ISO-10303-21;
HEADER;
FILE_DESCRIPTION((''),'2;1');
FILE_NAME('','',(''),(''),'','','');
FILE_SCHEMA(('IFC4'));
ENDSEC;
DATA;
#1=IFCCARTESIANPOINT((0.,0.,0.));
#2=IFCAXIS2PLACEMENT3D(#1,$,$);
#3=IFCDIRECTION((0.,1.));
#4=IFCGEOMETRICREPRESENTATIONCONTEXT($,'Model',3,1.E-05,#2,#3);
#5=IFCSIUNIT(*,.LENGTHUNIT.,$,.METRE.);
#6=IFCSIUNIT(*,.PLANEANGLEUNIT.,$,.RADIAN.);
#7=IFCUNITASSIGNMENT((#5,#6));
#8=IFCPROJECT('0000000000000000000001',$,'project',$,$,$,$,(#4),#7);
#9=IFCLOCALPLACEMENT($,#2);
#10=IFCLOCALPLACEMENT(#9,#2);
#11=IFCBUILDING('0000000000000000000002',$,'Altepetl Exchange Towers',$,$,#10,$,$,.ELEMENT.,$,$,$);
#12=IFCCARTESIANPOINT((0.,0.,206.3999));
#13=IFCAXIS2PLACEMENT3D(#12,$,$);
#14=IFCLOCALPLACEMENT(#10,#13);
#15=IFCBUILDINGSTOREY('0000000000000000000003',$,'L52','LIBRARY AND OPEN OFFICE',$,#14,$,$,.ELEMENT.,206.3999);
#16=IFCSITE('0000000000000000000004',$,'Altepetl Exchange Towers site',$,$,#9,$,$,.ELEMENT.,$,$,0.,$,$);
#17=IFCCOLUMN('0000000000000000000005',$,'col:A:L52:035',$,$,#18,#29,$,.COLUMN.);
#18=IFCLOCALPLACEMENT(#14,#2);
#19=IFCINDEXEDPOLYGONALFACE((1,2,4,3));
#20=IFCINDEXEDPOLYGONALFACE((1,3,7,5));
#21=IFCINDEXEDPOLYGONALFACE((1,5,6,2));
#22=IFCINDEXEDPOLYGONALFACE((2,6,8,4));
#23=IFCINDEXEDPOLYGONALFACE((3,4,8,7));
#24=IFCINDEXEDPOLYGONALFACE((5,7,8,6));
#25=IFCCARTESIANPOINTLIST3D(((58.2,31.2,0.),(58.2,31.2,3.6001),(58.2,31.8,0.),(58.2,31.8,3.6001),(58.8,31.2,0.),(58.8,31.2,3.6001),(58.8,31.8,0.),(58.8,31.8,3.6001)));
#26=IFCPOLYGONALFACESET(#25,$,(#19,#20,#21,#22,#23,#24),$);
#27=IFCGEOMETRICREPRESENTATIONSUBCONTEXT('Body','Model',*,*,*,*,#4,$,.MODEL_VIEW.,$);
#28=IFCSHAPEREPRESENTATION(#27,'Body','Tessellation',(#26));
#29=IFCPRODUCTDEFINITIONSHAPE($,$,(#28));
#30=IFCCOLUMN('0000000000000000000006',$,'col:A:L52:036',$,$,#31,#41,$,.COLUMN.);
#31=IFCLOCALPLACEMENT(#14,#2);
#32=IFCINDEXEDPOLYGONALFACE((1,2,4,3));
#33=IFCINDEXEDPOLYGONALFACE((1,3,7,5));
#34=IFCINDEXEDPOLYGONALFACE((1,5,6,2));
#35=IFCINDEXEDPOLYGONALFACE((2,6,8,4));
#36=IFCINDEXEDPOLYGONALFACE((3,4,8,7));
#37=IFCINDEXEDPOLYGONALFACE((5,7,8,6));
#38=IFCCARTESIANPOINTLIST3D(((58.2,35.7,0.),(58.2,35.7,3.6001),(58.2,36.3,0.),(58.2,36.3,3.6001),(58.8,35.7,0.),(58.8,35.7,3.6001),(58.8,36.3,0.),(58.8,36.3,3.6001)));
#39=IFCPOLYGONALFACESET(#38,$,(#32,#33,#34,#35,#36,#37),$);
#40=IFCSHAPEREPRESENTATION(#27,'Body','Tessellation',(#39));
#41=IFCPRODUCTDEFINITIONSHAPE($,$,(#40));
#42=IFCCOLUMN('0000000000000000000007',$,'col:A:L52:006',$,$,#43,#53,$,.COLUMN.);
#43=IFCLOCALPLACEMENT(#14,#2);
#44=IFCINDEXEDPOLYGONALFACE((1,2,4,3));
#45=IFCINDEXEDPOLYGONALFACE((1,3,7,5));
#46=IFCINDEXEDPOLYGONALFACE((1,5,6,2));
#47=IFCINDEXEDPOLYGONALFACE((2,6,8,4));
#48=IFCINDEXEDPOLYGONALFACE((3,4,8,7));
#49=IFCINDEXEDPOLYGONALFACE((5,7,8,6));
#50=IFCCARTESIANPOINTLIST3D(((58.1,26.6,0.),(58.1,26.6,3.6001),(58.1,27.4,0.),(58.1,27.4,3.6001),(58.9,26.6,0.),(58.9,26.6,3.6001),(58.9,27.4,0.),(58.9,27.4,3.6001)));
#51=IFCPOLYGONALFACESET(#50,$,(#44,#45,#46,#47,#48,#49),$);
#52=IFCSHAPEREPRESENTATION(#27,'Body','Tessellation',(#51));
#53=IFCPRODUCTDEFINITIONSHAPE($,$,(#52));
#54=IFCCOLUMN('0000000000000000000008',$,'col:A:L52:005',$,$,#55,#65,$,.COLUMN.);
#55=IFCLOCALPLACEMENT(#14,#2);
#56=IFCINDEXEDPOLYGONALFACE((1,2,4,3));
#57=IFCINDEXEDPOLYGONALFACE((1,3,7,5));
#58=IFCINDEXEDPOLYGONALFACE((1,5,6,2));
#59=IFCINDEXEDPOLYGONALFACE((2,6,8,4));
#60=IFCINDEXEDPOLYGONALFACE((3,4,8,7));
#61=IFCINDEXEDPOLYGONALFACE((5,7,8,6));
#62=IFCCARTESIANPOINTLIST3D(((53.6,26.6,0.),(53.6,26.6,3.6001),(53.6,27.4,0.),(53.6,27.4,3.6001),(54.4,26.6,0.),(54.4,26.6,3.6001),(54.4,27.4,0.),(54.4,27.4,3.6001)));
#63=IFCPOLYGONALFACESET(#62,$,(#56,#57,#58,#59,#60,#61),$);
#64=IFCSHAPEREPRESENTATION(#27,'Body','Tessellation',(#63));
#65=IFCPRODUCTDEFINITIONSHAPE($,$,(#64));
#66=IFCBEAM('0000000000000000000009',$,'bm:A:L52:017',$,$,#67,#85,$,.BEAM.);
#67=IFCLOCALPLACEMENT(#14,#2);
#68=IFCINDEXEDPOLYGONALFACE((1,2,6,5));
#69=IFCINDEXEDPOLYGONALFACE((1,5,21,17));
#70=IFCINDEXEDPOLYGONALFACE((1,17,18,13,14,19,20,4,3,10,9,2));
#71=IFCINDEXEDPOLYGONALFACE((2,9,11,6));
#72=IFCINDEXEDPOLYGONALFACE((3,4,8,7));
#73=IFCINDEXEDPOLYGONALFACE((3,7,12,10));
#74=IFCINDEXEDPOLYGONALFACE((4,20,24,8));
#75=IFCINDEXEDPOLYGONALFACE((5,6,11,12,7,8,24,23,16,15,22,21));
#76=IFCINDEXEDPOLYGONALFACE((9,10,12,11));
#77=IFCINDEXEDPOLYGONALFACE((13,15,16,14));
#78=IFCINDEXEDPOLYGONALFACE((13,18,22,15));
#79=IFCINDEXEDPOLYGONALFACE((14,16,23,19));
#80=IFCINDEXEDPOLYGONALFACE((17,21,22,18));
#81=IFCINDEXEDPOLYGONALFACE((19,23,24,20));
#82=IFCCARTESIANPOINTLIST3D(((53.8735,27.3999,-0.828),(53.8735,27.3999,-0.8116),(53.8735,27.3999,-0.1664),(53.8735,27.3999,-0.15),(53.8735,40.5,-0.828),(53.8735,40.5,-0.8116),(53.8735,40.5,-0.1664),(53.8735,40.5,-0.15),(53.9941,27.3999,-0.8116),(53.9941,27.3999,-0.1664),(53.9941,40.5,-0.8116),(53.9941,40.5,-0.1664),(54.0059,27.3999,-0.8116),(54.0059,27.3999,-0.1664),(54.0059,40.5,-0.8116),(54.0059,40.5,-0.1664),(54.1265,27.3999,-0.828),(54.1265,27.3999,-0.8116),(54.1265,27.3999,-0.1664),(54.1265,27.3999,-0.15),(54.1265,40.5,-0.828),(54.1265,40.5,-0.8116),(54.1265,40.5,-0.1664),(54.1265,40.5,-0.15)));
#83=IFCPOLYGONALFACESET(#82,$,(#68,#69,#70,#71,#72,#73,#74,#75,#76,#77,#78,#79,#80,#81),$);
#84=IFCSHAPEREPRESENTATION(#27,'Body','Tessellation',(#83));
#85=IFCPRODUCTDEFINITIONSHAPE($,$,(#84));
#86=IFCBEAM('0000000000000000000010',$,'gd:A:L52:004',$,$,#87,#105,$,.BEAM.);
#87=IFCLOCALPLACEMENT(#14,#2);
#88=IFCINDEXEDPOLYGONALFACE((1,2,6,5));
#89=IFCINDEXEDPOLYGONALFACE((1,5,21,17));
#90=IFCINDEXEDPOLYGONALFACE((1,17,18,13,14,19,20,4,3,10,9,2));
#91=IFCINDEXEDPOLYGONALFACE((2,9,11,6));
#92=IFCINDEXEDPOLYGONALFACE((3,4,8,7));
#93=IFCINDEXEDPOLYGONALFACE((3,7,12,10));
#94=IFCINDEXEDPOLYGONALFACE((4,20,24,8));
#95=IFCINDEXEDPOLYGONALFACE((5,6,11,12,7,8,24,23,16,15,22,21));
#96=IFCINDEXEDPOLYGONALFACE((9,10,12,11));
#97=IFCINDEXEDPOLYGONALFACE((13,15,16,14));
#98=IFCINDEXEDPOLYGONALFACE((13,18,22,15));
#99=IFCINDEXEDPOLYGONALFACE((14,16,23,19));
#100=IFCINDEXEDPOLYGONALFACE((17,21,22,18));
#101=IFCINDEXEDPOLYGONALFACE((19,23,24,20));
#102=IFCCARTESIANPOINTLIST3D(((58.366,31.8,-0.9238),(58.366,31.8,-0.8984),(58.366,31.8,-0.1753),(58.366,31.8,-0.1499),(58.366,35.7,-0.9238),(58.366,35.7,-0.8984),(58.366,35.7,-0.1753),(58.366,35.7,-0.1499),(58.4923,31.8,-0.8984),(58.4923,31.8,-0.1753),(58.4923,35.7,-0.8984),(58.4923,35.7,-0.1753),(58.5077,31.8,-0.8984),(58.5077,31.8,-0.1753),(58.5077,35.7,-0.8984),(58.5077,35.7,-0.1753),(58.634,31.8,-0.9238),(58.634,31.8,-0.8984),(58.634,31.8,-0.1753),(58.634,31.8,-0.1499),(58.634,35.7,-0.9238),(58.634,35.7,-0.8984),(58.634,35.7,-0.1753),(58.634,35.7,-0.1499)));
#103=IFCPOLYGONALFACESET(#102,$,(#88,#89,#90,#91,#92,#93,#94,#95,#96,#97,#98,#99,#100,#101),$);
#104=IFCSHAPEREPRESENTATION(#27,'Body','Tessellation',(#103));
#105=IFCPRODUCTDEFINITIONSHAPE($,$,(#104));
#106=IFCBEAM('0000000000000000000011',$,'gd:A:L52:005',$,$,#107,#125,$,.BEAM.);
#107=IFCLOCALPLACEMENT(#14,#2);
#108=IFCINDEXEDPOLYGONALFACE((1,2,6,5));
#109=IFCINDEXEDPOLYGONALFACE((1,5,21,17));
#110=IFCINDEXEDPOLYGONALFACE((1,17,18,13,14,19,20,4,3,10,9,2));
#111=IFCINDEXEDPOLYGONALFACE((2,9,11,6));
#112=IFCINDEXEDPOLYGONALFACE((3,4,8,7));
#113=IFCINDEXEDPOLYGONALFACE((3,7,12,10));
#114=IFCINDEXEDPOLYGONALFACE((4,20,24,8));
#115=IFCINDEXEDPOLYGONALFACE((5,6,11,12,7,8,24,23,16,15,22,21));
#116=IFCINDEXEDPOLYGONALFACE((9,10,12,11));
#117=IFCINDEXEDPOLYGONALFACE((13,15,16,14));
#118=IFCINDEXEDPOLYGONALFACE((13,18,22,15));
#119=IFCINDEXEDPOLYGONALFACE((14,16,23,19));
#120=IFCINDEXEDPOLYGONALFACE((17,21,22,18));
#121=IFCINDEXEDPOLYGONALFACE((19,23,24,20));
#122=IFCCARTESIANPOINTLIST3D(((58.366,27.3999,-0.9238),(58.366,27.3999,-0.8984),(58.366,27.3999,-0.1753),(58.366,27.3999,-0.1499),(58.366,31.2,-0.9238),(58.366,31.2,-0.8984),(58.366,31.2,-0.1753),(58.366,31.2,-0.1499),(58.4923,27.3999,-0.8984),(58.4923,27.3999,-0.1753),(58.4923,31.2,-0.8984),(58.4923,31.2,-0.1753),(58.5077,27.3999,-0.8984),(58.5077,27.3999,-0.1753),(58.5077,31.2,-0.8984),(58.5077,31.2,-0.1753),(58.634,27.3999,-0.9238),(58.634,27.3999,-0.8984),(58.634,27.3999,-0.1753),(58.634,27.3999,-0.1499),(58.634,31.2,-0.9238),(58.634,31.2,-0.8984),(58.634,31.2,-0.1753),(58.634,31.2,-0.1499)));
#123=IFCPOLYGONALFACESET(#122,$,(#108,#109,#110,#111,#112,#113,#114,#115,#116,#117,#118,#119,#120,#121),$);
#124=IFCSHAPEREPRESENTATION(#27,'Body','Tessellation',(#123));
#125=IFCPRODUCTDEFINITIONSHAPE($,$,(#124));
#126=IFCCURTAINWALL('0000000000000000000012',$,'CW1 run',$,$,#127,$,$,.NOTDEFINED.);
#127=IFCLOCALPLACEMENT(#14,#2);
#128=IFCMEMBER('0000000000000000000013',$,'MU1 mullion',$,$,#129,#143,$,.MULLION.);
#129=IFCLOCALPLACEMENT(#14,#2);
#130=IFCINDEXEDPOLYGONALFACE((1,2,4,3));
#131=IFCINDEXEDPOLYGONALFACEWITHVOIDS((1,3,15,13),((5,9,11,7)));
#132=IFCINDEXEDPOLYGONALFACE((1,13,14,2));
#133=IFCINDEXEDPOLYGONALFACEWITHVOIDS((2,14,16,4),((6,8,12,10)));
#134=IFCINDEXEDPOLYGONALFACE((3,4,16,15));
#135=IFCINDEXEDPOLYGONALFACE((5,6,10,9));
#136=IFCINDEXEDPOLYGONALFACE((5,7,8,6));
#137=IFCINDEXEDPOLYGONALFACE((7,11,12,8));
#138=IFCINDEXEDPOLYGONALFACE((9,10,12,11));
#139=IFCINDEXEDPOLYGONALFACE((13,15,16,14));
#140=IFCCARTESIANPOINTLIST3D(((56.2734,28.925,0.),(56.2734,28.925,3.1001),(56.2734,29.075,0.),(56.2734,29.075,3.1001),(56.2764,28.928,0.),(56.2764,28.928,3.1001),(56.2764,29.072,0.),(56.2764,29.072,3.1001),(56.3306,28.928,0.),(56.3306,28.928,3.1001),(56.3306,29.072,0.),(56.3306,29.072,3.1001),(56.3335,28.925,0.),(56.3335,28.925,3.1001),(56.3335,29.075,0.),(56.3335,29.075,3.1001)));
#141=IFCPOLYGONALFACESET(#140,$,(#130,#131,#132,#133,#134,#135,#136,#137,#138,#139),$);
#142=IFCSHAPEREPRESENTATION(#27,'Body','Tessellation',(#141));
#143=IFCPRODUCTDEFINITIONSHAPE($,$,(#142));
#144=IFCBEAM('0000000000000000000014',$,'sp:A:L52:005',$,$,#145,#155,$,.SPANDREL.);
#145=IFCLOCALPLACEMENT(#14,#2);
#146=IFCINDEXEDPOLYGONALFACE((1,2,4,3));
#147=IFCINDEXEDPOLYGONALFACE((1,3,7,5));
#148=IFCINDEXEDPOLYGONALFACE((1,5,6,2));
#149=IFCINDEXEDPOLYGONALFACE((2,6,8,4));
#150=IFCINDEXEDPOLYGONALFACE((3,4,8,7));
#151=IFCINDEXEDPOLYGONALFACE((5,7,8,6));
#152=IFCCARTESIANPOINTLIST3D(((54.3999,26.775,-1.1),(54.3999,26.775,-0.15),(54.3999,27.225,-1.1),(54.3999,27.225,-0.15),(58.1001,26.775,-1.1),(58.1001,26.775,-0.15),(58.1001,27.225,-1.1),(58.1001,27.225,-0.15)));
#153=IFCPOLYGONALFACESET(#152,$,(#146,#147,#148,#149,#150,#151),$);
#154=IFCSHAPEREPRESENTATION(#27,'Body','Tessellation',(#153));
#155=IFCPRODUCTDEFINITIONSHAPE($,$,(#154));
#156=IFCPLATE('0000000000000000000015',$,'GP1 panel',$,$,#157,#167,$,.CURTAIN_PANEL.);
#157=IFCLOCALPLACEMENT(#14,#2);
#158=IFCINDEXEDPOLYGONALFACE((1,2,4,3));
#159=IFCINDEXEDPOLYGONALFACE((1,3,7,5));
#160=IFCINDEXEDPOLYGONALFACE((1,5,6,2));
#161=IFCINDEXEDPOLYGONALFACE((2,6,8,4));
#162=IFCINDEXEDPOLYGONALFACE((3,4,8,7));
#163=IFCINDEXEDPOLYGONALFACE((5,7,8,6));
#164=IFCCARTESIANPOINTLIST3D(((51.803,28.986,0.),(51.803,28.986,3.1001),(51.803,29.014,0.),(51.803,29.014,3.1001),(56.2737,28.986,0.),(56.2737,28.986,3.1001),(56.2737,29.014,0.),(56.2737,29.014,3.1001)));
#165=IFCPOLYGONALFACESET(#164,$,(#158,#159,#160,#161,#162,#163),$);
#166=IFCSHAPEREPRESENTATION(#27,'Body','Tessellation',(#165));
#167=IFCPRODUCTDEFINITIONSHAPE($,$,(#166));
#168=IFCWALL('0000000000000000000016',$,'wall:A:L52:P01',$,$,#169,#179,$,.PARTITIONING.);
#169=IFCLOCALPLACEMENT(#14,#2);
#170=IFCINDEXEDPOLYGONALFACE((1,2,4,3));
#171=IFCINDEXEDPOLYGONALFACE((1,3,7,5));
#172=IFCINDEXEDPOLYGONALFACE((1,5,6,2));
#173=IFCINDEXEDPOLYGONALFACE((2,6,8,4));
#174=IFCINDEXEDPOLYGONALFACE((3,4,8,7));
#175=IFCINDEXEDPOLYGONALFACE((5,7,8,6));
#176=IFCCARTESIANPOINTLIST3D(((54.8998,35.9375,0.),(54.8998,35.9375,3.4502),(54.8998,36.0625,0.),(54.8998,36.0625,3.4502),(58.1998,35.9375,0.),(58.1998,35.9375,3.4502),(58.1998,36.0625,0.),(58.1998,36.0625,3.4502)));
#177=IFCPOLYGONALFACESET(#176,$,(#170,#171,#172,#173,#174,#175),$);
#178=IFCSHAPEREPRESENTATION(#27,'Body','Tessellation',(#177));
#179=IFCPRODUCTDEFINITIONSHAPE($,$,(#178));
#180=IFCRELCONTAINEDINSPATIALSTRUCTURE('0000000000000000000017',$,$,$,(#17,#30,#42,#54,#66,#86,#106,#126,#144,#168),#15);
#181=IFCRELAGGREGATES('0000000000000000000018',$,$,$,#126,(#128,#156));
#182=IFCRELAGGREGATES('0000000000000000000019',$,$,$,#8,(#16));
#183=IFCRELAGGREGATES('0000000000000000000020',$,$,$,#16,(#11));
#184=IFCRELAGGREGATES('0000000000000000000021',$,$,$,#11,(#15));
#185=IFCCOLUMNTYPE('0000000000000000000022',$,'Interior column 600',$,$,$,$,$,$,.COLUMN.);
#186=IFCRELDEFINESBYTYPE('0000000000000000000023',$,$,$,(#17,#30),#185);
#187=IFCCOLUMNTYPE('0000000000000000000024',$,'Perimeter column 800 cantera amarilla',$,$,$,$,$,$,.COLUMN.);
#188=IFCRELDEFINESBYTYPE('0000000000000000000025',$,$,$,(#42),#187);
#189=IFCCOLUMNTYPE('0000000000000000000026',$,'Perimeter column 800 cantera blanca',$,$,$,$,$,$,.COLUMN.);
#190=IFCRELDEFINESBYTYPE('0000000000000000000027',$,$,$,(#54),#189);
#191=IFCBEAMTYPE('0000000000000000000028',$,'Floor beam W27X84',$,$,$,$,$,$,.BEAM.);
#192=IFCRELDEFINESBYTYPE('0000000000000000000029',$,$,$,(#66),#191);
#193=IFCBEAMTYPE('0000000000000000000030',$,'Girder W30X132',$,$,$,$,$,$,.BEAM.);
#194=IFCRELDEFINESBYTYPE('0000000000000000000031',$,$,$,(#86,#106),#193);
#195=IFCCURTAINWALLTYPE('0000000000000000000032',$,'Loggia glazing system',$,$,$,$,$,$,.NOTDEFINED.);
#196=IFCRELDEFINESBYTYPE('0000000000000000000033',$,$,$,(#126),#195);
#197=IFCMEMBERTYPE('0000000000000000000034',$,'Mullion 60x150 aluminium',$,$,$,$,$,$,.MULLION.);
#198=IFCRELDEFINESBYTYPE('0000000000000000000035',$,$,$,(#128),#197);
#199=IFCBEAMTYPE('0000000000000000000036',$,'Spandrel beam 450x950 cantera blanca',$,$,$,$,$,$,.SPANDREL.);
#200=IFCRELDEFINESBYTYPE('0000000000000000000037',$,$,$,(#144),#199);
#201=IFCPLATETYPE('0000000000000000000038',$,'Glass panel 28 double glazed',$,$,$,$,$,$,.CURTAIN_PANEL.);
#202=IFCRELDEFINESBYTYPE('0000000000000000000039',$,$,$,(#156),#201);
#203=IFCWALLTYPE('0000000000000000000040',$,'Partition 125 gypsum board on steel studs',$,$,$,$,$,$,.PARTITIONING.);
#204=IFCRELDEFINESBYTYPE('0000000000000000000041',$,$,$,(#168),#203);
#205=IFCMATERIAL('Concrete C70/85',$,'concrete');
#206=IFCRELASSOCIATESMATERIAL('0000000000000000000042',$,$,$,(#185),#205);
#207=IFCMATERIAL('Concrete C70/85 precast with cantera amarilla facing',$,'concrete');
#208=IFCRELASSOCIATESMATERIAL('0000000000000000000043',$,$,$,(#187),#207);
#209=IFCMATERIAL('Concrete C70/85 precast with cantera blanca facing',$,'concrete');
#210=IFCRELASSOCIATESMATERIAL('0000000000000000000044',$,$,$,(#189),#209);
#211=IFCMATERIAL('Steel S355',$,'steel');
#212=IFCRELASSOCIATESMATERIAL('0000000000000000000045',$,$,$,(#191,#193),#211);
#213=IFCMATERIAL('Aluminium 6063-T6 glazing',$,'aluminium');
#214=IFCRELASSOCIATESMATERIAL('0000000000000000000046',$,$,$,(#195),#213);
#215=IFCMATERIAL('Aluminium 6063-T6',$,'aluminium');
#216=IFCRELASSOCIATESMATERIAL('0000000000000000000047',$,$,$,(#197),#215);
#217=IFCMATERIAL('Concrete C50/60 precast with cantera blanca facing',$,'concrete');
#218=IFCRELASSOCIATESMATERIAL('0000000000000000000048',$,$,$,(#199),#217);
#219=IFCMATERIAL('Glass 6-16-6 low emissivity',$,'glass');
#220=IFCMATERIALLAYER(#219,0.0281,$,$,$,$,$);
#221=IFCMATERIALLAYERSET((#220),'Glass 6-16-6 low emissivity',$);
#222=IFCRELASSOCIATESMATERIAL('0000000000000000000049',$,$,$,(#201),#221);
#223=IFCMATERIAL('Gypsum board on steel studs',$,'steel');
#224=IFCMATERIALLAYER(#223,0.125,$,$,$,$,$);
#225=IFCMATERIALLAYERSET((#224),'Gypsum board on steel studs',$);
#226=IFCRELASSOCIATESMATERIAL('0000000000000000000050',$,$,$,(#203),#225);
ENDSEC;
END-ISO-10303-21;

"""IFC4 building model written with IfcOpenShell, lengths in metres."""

from ifc_helpers import new_model, si_unit, direction, frame, frame_2d, origin, origin_2d, place, context, subcontext, project, spatial, rectangle, hollow_rectangle, i_section, extrude, material, layer, layer_set, material_profile, profile_set, type_object, element, aggregate, save


model = new_model("IFC4")

# Units and contexts
model_context = context("Model", 3, precision=1e-05, world=origin(), true_north=direction((0.0, 1.0)))
body_context = subcontext(model_context, "Body", "Model", "MODEL_VIEW")
ifc_project = project(units=[si_unit("LENGTHUNIT", "METRE"), si_unit("PLANEANGLEUNIT", "RADIAN")], contexts=[model_context])

# Site, building, storey
site_placement = place(None, origin())
site = spatial("IfcSite", under=ifc_project, at=site_placement, Name="Altepetl Exchange Towers site", CompositionType="ELEMENT", RefElevation=0.0)
building_placement = place(site_placement, origin())
building = spatial("IfcBuilding", under=site, at=building_placement, Name="Altepetl Exchange Towers", CompositionType="ELEMENT")
storey_placement = place(building_placement, frame((0.0, 0.0, 206.3999)))
storey = spatial("IfcBuildingStorey", under=building, at=storey_placement, Name="L52", Description="LIBRARY AND OPEN OFFICE", CompositionType="ELEMENT", Elevation=206.3999)

# Columns
ifc_material_1 = material(Name="Concrete C70/85", Category="concrete")
ifc_material_profile_1 = material_profile(ifc_material_1, rectangle(XDim=0.6001, YDim=0.6001, at=origin_2d()), Name="600 x 600")
ifc_profile_set_1 = profile_set([ifc_material_profile_1], Name="Concrete C70/85")
column_type_1 = type_object("IfcColumnType", Name="Interior column 600", PredefinedType="COLUMN", material=ifc_profile_set_1)
for number, where, name in (
    (1, (58.5, 31.5, 0.0), "col:A:L52:035"),
    (2, (58.5, 36.0, 0.0), "col:A:L52:036"),
):
    element("IfcColumn", number, at=place(storey_placement, frame(where)), inside=storey, type_object=column_type_1, Name=name, PredefinedType="COLUMN", context=body_context, shape_type="SweptSolid", body=[
        extrude(rectangle(XDim=0.6001, YDim=0.6001, at=origin_2d()), origin(), (0.0, 0.0, 1.0), 3.6001),
    ])
ifc_material_2 = material(Name="Concrete C70/85 precast with cantera amarilla facing", Category="concrete")
ifc_material_profile_2 = material_profile(ifc_material_2, rectangle(XDim=0.8, YDim=0.8, at=origin_2d()), Name="800 x 800")
ifc_profile_set_2 = profile_set([ifc_material_profile_2], Name="Concrete C70/85 precast with cantera amarilla facing")
column_type_2 = type_object("IfcColumnType", Name="Perimeter column 800 cantera amarilla", PredefinedType="COLUMN", material=ifc_profile_set_2)
column_1_placement = place(storey_placement, frame((58.5, 27.0, 0.0)))
element("IfcColumn", 3, at=column_1_placement, inside=storey, type_object=column_type_2, Name="col:A:L52:006", PredefinedType="COLUMN", context=body_context, shape_type="SweptSolid", body=[
    extrude(rectangle(XDim=0.8, YDim=0.8, at=origin_2d()), origin(), (0.0, 0.0, 1.0), 3.6001),
])
ifc_material_3 = material(Name="Concrete C70/85 precast with cantera blanca facing", Category="concrete")
ifc_material_profile_3 = material_profile(ifc_material_3, rectangle(XDim=0.8, YDim=0.8, at=origin_2d()), Name="800 x 800")
ifc_profile_set_3 = profile_set([ifc_material_profile_3], Name="Concrete C70/85 precast with cantera blanca facing")
column_type_3 = type_object("IfcColumnType", Name="Perimeter column 800 cantera blanca", PredefinedType="COLUMN", material=ifc_profile_set_3)
column_2_placement = place(storey_placement, frame((54.0, 27.0, 0.0)))
element("IfcColumn", 4, at=column_2_placement, inside=storey, type_object=column_type_3, Name="col:A:L52:005", PredefinedType="COLUMN", context=body_context, shape_type="SweptSolid", body=[
    extrude(rectangle(XDim=0.8, YDim=0.8, at=origin_2d()), origin(), (0.0, 0.0, 1.0), 3.6001),
])

# Beams
ifc_material_4 = material(Name="Steel S355", Category="steel")
ifc_material_profile_4 = material_profile(ifc_material_4, i_section(OverallWidth=0.2529, OverallDepth=0.678, WebThickness=0.0117, FlangeThickness=0.0164, at=origin_2d()), Name="W27X84")
ifc_profile_set_4 = profile_set([ifc_material_profile_4], Name="Steel S355")
beam_type_1 = type_object("IfcBeamType", Name="Floor beam W27X84", PredefinedType="BEAM", material=ifc_profile_set_4)
beam_1_placement = place(storey_placement, frame((54.0, 27.3999, -0.489), z_axis=(0.0, 1.0, 0.0), x_axis=(-1.0, 0.0, 0.0)))
element("IfcBeam", 5, at=beam_1_placement, inside=storey, type_object=beam_type_1, Name="bm:A:L52:017", PredefinedType="BEAM", context=body_context, shape_type="SweptSolid", body=[
    extrude(i_section(OverallWidth=0.2529, OverallDepth=0.678, WebThickness=0.0117, FlangeThickness=0.0164, at=origin_2d()), origin(), (0.0, 0.0, 1.0), 13.1001),
])
ifc_material_profile_5 = material_profile(ifc_material_4, i_section(OverallWidth=0.2681, OverallDepth=0.7739, WebThickness=0.0154, FlangeThickness=0.0254, at=origin_2d()), Name="W30X132")
ifc_profile_set_5 = profile_set([ifc_material_profile_5], Name="Steel S355")
beam_type_2 = type_object("IfcBeamType", Name="Girder W30X132", PredefinedType="BEAM", material=ifc_profile_set_5)
beam_2_placement = place(storey_placement, frame((58.5, 35.7, -0.5369), z_axis=(0.0, -1.0, 0.0), x_axis=(1.0, 0.0, 0.0)))
element("IfcBeam", 6, at=beam_2_placement, inside=storey, type_object=beam_type_2, Name="gd:A:L52:004", PredefinedType="BEAM", context=body_context, shape_type="SweptSolid", body=[
    extrude(i_section(OverallWidth=0.2681, OverallDepth=0.7739, WebThickness=0.0154, FlangeThickness=0.0254, at=origin_2d()), origin(), (0.0, 0.0, 1.0), 3.8999),
])
beam_3_placement = place(storey_placement, frame((58.5, 31.2, -0.5369), z_axis=(0.0, -1.0, 0.0), x_axis=(1.0, 0.0, 0.0)))
element("IfcBeam", 7, at=beam_3_placement, inside=storey, type_object=beam_type_2, Name="gd:A:L52:005", PredefinedType="BEAM", context=body_context, shape_type="SweptSolid", body=[
    extrude(i_section(OverallWidth=0.2681, OverallDepth=0.7739, WebThickness=0.0154, FlangeThickness=0.0254, at=origin_2d()), origin(), (0.0, 0.0, 1.0), 3.8),
])

# Curtain wall, member
ifc_material_5 = material(Name="Aluminium 6063-T6 glazing", Category="aluminium")
curtain_wall_type = type_object("IfcCurtainWallType", Name="Loggia glazing system", PredefinedType="NOTDEFINED", material=ifc_material_5)
curtain_wall_placement = place(storey_placement, origin())
curtain_wall = element("IfcCurtainWall", 8, at=curtain_wall_placement, inside=storey, type_object=curtain_wall_type, Name="CW1 run", PredefinedType="NOTDEFINED")
ifc_material_6 = material(Name="Aluminium 6063-T6", Category="aluminium")
ifc_material_profile_6 = material_profile(ifc_material_6, hollow_rectangle(XDim=0.0601, YDim=0.1499, WallThickness=0.0029, at=origin_2d()), Name="Mullion 60x150 aluminium")
ifc_profile_set_6 = profile_set([ifc_material_profile_6], Name="Aluminium 6063-T6")
member_type = type_object("IfcMemberType", Name="Mullion 60x150 aluminium", PredefinedType="MULLION", material=ifc_profile_set_6)
member_placement = place(storey_placement, frame((56.3035, 29.0, 0.0)))
member = element("IfcMember", 9, at=member_placement, type_object=member_type, Name="MU1 mullion", PredefinedType="MULLION", context=body_context, shape_type="SweptSolid", body=[
    extrude(hollow_rectangle(XDim=0.0601, YDim=0.1499, WallThickness=0.0029, at=origin_2d()), origin(), (0.0, 0.0, 1.0), 3.1001),
])

# Beam
ifc_material_7 = material(Name="Concrete C50/60 precast with cantera blanca facing", Category="concrete")
ifc_material_profile_7 = material_profile(ifc_material_7, rectangle(XDim=0.45, YDim=0.95, at=origin_2d()), Name="450 x 950")
ifc_profile_set_7 = profile_set([ifc_material_profile_7], Name="Concrete C50/60 precast with cantera blanca facing")
beam_type_3 = type_object("IfcBeamType", Name="Spandrel beam 450x950 cantera blanca", PredefinedType="SPANDREL", material=ifc_profile_set_7)
beam_4_placement = place(storey_placement, frame((54.3999, 27.0, -0.625), z_axis=(1.0, 0.0, 0.0), x_axis=(0.0, 1.0, 0.0)))
element("IfcBeam", 10, at=beam_4_placement, inside=storey, type_object=beam_type_3, Name="sp:A:L52:005", PredefinedType="SPANDREL", context=body_context, shape_type="SweptSolid", body=[
    extrude(rectangle(XDim=0.45, YDim=0.95, at=origin_2d()), origin(), (0.0, 0.0, 1.0), 3.7002),
])

# Plate
ifc_material_8 = material(Name="Glass 6-16-6 low emissivity", Category="glass")
ifc_layer_1 = layer(ifc_material_8, 0.0281)
ifc_layer_set_1 = layer_set([ifc_layer_1], Name="Glass 6-16-6 low emissivity")
plate_type = type_object("IfcPlateType", Name="Glass panel 28 double glazed", PredefinedType="CURTAIN_PANEL", material=ifc_layer_set_1)
plate_placement = place(storey_placement, frame((54.0383, 29.0, 0.0)))
plate = element("IfcPlate", 11, at=plate_placement, type_object=plate_type, Name="GP1 panel", PredefinedType="CURTAIN_PANEL", context=body_context, shape_type="SweptSolid", body=[
    extrude(rectangle(XDim=4.4707, YDim=0.0281, at=origin_2d()), origin(), (0.0, 0.0, 1.0), 3.1001),
])
aggregate(curtain_wall, [member, plate])

# Wall
ifc_material_9 = material(Name="Gypsum board on steel studs", Category="steel")
ifc_layer_2 = layer(ifc_material_9, 0.125)
ifc_layer_set_2 = layer_set([ifc_layer_2], Name="Gypsum board on steel studs")
wall_type = type_object("IfcWallType", Name="Partition 125 gypsum board on steel studs", PredefinedType="PARTITIONING", material=ifc_layer_set_2)
wall_1_placement = place(storey_placement, frame((54.8999, 36.0, 0.0)))
element("IfcWall", 12, at=wall_1_placement, inside=storey, type_object=wall_type, Name="wall:A:L52:P01", PredefinedType="PARTITIONING", context=body_context, shape_type="SweptSolid", body=[
    extrude(rectangle(XDim=3.3, YDim=0.125, at=frame_2d((1.6499, 0.0))), origin(), (0.0, 0.0, 1.0), 3.4502),
])

save(model, "model.ifc")
